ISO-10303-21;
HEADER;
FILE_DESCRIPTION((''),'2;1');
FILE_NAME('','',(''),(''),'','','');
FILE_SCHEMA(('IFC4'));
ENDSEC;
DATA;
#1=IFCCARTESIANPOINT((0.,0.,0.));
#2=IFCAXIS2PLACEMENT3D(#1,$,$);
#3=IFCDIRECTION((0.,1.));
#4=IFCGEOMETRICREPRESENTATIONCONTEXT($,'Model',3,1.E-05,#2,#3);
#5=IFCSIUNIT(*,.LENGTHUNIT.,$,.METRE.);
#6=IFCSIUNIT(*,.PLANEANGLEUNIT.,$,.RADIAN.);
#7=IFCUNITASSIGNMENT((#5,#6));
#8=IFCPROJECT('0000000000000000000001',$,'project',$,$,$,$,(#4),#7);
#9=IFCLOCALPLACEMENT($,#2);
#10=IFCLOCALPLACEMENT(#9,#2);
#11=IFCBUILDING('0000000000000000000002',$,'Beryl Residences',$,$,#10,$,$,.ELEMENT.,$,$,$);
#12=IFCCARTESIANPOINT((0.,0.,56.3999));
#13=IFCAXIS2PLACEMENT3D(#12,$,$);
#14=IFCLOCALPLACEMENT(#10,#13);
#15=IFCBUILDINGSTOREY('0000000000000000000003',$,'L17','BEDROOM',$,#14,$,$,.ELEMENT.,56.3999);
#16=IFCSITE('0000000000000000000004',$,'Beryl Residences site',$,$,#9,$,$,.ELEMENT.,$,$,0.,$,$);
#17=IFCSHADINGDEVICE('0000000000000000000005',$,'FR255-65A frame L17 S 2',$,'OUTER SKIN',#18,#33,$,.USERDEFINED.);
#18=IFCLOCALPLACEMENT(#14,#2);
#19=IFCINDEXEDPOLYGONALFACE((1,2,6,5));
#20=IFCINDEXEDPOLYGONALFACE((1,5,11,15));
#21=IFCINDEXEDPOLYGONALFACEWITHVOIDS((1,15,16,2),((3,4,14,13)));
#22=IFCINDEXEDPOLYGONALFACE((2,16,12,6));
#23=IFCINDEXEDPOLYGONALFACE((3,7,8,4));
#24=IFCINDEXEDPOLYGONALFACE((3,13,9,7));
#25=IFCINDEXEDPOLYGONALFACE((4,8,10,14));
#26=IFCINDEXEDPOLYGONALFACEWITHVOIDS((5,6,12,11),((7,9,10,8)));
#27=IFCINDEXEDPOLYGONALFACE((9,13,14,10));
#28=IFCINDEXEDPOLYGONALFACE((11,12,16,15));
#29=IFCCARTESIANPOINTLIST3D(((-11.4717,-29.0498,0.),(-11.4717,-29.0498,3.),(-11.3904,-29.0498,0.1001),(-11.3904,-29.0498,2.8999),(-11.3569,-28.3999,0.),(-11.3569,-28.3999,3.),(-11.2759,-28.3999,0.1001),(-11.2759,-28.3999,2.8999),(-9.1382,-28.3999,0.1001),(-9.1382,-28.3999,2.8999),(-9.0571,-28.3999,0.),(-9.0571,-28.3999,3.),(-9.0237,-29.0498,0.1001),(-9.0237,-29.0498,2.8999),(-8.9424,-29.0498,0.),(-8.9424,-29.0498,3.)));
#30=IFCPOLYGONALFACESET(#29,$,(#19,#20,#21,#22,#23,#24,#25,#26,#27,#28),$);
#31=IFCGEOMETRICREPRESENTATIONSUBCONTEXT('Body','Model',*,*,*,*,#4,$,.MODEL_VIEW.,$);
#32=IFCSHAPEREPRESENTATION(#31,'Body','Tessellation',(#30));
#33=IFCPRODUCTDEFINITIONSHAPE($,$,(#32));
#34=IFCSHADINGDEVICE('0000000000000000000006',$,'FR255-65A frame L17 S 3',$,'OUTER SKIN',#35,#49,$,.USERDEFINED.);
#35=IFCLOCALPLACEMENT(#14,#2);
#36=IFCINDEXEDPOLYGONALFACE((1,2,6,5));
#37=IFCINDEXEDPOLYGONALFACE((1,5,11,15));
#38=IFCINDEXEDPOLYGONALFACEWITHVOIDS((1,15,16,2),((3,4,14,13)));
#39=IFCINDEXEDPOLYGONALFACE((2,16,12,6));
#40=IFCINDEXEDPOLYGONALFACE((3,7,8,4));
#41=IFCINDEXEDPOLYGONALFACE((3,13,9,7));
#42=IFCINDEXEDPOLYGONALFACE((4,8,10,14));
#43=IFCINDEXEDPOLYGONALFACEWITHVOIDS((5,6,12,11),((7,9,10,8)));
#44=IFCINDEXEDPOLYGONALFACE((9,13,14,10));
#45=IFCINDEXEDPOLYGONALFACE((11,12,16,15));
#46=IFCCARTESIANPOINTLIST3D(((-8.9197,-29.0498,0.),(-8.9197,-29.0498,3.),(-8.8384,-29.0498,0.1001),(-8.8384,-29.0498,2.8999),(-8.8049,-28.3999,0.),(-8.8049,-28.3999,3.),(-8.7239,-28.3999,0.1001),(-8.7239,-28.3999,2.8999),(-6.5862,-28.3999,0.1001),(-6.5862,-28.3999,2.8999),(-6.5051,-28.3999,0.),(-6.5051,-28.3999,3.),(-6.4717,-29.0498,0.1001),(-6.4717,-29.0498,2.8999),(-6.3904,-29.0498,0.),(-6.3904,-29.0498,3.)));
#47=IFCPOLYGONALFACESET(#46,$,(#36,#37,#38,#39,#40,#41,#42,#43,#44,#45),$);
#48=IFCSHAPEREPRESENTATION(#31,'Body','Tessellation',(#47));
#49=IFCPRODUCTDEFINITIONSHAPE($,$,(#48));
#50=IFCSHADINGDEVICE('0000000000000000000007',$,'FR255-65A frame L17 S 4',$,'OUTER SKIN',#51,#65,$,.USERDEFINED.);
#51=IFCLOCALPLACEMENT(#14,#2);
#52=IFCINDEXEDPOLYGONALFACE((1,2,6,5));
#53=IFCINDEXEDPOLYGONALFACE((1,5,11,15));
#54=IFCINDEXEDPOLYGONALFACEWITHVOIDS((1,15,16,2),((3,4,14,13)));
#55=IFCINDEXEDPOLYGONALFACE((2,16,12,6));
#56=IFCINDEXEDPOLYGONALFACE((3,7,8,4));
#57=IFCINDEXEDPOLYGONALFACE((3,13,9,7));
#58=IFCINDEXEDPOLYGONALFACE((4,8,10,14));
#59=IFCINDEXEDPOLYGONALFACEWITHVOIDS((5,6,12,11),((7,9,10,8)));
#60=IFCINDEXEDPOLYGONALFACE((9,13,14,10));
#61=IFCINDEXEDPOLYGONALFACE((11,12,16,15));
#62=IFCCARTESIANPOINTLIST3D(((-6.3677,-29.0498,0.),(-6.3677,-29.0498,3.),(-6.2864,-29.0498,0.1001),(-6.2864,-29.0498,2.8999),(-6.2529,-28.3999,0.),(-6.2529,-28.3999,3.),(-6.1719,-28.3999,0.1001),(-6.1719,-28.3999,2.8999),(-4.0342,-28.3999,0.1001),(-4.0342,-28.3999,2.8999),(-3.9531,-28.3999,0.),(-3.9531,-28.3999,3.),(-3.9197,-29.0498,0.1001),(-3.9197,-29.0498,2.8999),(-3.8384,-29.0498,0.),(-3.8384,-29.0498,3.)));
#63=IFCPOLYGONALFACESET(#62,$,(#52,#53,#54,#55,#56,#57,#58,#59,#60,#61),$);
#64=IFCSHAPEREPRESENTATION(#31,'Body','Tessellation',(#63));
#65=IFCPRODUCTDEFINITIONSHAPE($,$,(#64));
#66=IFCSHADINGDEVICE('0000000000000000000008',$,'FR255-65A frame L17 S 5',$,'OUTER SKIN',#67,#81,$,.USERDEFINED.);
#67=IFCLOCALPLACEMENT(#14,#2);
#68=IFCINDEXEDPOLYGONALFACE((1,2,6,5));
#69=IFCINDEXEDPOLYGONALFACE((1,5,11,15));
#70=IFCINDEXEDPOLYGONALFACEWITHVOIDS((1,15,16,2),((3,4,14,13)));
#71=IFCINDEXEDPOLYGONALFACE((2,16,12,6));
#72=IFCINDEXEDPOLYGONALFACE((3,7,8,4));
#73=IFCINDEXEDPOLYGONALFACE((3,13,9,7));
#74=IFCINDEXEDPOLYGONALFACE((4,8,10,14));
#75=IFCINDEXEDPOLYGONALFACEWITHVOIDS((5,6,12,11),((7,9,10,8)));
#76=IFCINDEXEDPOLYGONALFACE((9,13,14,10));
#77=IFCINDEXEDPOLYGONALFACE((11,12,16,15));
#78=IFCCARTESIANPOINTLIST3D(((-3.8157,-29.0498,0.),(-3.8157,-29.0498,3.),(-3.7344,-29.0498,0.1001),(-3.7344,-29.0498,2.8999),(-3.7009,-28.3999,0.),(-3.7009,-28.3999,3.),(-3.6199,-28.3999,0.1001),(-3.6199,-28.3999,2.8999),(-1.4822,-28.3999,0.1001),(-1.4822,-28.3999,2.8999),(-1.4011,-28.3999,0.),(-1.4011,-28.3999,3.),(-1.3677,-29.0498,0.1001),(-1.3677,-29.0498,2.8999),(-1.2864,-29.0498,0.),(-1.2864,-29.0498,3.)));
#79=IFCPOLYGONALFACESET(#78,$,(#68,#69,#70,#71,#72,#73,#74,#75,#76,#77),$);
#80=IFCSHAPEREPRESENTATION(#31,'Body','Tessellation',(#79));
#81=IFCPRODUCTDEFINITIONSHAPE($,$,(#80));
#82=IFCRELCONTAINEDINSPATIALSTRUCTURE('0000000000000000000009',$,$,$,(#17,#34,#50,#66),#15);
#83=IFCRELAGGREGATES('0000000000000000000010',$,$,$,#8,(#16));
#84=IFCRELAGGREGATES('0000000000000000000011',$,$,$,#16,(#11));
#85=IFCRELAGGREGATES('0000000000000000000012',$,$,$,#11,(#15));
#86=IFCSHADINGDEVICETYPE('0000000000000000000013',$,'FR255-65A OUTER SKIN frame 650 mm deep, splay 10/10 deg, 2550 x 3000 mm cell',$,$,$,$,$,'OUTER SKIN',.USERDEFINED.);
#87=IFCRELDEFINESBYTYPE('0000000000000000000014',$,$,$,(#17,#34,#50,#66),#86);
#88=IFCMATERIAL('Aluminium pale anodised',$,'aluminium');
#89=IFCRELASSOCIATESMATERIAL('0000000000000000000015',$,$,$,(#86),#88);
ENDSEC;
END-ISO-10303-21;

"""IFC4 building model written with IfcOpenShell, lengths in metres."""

from ifc_helpers import new_model, entity, si_unit, direction, frame, origin, place, context, subcontext, project, spatial, source, transform, mapped, material, type_object, type_shapes, element, save


model = new_model("IFC4")

# Units and contexts
model_context = context("Model", 3, precision=1e-05, world=origin(), true_north=direction((0.0, 1.0)))
body_context = subcontext(model_context, "Body", "Model", "MODEL_VIEW")
ifc_project = project(units=[si_unit("LENGTHUNIT", "METRE"), si_unit("PLANEANGLEUNIT", "RADIAN")], contexts=[model_context])

# Site, building, storey
site_placement = place(None, origin())
site = spatial("IfcSite", under=ifc_project, at=site_placement, Name="Beryl Residences site", CompositionType="ELEMENT", RefElevation=0.0)
building_placement = place(site_placement, origin())
building = spatial("IfcBuilding", under=site, at=building_placement, Name="Beryl Residences", CompositionType="ELEMENT")
storey_placement = place(building_placement, frame((0.0, 0.0, 56.3999)))
storey = spatial("IfcBuildingStorey", under=building, at=storey_placement, Name="L17", Description="BEDROOM", CompositionType="ELEMENT", Elevation=56.3999)

# Shading devices
ifc_material_1 = material(Name="Aluminium pale anodised", Category="aluminium")
shading_device_type = type_object("IfcShadingDeviceType", Name="FR255-65A OUTER SKIN frame 650 mm deep, splay 10/10 deg, 2550 x 3000 mm cell", ElementType="OUTER SKIN", PredefinedType="USERDEFINED", material=ifc_material_1)
cartesian_point_1 = entity("IfcCartesianPoint", [-1.1499, 0.0])
cartesian_point_2 = entity("IfcCartesianPoint", [-1.0688, 0.1001])
cartesian_point_3 = entity("IfcCartesianPoint", [-1.2646, 0.0])
cartesian_point_4 = entity("IfcCartesianPoint", [-1.1833, 0.1001])
shared_shape = source(origin(), body_context, "Body", "SweptSolid", [
    entity("IfcExtrudedAreaSolidTapered", entity("IfcArbitraryProfileDefWithVoids", "AREA", None, entity("IfcPolyline", [cartesian_point_1, entity("IfcCartesianPoint", [1.1499, 0.0]), entity("IfcCartesianPoint", [1.1499, 3.0]), entity("IfcCartesianPoint", [-1.1499, 3.0]), cartesian_point_1]), [entity("IfcPolyline", [cartesian_point_2, entity("IfcCartesianPoint", [1.0688, 0.1001]), entity("IfcCartesianPoint", [1.0688, 2.8999]), entity("IfcCartesianPoint", [-1.0688, 2.8999]), cartesian_point_2])]), entity("IfcAxis2Placement3D", entity("IfcCartesianPoint", [0.0, 0.0, 0.0]), entity("IfcDirection", [0.0, 1.0, 0.0]), entity("IfcDirection", [-1.0, 0.0, 0.0])), entity("IfcDirection", [0.0, 0.0, 1.0]), 0.6499, entity("IfcArbitraryProfileDefWithVoids", "AREA", None, entity("IfcPolyline", [cartesian_point_3, entity("IfcCartesianPoint", [1.2646, 0.0]), entity("IfcCartesianPoint", [1.2646, 3.0]), entity("IfcCartesianPoint", [-1.2646, 3.0]), cartesian_point_3]), [entity("IfcPolyline", [cartesian_point_4, entity("IfcCartesianPoint", [1.1833, 0.1001]), entity("IfcCartesianPoint", [1.1833, 2.8999]), entity("IfcCartesianPoint", [-1.1833, 2.8999]), cartesian_point_4])])),
])
type_shapes(shading_device_type, [shared_shape])
for number, where, z_axis, x_axis, name in (
    (1, (-10.207, -28.3999, 0.0), (0.0, 0.0, 1.0), (-1.0, 0.0, 0.0), "FR255-65A frame L17 S 2"),
    (2, (-7.655, -28.3999, 0.0), (0.0, 0.0, 1.0), (-1.0, 0.0, 0.0), "FR255-65A frame L17 S 3"),
    (3, (-5.103, -28.3999, 0.0), (0.0, 0.0, 1.0), (-1.0, 0.0, 0.0), "FR255-65A frame L17 S 4"),
    (4, (-2.551, -28.3999, 0.0), (0.0, 0.0, 1.0), (-1.0, 0.0, 0.0), "FR255-65A frame L17 S 5"),
):
    element("IfcShadingDevice", number, at=place(storey_placement, frame(where, z_axis=z_axis, x_axis=x_axis)), inside=storey, type_object=shading_device_type, Name=name, ObjectType="OUTER SKIN", PredefinedType="USERDEFINED", context=body_context, shape_type="MappedRepresentation", body=[
        mapped(shared_shape, transform((0.0, 0.0, 0.0))),
    ])

save(model, "model.ifc")
